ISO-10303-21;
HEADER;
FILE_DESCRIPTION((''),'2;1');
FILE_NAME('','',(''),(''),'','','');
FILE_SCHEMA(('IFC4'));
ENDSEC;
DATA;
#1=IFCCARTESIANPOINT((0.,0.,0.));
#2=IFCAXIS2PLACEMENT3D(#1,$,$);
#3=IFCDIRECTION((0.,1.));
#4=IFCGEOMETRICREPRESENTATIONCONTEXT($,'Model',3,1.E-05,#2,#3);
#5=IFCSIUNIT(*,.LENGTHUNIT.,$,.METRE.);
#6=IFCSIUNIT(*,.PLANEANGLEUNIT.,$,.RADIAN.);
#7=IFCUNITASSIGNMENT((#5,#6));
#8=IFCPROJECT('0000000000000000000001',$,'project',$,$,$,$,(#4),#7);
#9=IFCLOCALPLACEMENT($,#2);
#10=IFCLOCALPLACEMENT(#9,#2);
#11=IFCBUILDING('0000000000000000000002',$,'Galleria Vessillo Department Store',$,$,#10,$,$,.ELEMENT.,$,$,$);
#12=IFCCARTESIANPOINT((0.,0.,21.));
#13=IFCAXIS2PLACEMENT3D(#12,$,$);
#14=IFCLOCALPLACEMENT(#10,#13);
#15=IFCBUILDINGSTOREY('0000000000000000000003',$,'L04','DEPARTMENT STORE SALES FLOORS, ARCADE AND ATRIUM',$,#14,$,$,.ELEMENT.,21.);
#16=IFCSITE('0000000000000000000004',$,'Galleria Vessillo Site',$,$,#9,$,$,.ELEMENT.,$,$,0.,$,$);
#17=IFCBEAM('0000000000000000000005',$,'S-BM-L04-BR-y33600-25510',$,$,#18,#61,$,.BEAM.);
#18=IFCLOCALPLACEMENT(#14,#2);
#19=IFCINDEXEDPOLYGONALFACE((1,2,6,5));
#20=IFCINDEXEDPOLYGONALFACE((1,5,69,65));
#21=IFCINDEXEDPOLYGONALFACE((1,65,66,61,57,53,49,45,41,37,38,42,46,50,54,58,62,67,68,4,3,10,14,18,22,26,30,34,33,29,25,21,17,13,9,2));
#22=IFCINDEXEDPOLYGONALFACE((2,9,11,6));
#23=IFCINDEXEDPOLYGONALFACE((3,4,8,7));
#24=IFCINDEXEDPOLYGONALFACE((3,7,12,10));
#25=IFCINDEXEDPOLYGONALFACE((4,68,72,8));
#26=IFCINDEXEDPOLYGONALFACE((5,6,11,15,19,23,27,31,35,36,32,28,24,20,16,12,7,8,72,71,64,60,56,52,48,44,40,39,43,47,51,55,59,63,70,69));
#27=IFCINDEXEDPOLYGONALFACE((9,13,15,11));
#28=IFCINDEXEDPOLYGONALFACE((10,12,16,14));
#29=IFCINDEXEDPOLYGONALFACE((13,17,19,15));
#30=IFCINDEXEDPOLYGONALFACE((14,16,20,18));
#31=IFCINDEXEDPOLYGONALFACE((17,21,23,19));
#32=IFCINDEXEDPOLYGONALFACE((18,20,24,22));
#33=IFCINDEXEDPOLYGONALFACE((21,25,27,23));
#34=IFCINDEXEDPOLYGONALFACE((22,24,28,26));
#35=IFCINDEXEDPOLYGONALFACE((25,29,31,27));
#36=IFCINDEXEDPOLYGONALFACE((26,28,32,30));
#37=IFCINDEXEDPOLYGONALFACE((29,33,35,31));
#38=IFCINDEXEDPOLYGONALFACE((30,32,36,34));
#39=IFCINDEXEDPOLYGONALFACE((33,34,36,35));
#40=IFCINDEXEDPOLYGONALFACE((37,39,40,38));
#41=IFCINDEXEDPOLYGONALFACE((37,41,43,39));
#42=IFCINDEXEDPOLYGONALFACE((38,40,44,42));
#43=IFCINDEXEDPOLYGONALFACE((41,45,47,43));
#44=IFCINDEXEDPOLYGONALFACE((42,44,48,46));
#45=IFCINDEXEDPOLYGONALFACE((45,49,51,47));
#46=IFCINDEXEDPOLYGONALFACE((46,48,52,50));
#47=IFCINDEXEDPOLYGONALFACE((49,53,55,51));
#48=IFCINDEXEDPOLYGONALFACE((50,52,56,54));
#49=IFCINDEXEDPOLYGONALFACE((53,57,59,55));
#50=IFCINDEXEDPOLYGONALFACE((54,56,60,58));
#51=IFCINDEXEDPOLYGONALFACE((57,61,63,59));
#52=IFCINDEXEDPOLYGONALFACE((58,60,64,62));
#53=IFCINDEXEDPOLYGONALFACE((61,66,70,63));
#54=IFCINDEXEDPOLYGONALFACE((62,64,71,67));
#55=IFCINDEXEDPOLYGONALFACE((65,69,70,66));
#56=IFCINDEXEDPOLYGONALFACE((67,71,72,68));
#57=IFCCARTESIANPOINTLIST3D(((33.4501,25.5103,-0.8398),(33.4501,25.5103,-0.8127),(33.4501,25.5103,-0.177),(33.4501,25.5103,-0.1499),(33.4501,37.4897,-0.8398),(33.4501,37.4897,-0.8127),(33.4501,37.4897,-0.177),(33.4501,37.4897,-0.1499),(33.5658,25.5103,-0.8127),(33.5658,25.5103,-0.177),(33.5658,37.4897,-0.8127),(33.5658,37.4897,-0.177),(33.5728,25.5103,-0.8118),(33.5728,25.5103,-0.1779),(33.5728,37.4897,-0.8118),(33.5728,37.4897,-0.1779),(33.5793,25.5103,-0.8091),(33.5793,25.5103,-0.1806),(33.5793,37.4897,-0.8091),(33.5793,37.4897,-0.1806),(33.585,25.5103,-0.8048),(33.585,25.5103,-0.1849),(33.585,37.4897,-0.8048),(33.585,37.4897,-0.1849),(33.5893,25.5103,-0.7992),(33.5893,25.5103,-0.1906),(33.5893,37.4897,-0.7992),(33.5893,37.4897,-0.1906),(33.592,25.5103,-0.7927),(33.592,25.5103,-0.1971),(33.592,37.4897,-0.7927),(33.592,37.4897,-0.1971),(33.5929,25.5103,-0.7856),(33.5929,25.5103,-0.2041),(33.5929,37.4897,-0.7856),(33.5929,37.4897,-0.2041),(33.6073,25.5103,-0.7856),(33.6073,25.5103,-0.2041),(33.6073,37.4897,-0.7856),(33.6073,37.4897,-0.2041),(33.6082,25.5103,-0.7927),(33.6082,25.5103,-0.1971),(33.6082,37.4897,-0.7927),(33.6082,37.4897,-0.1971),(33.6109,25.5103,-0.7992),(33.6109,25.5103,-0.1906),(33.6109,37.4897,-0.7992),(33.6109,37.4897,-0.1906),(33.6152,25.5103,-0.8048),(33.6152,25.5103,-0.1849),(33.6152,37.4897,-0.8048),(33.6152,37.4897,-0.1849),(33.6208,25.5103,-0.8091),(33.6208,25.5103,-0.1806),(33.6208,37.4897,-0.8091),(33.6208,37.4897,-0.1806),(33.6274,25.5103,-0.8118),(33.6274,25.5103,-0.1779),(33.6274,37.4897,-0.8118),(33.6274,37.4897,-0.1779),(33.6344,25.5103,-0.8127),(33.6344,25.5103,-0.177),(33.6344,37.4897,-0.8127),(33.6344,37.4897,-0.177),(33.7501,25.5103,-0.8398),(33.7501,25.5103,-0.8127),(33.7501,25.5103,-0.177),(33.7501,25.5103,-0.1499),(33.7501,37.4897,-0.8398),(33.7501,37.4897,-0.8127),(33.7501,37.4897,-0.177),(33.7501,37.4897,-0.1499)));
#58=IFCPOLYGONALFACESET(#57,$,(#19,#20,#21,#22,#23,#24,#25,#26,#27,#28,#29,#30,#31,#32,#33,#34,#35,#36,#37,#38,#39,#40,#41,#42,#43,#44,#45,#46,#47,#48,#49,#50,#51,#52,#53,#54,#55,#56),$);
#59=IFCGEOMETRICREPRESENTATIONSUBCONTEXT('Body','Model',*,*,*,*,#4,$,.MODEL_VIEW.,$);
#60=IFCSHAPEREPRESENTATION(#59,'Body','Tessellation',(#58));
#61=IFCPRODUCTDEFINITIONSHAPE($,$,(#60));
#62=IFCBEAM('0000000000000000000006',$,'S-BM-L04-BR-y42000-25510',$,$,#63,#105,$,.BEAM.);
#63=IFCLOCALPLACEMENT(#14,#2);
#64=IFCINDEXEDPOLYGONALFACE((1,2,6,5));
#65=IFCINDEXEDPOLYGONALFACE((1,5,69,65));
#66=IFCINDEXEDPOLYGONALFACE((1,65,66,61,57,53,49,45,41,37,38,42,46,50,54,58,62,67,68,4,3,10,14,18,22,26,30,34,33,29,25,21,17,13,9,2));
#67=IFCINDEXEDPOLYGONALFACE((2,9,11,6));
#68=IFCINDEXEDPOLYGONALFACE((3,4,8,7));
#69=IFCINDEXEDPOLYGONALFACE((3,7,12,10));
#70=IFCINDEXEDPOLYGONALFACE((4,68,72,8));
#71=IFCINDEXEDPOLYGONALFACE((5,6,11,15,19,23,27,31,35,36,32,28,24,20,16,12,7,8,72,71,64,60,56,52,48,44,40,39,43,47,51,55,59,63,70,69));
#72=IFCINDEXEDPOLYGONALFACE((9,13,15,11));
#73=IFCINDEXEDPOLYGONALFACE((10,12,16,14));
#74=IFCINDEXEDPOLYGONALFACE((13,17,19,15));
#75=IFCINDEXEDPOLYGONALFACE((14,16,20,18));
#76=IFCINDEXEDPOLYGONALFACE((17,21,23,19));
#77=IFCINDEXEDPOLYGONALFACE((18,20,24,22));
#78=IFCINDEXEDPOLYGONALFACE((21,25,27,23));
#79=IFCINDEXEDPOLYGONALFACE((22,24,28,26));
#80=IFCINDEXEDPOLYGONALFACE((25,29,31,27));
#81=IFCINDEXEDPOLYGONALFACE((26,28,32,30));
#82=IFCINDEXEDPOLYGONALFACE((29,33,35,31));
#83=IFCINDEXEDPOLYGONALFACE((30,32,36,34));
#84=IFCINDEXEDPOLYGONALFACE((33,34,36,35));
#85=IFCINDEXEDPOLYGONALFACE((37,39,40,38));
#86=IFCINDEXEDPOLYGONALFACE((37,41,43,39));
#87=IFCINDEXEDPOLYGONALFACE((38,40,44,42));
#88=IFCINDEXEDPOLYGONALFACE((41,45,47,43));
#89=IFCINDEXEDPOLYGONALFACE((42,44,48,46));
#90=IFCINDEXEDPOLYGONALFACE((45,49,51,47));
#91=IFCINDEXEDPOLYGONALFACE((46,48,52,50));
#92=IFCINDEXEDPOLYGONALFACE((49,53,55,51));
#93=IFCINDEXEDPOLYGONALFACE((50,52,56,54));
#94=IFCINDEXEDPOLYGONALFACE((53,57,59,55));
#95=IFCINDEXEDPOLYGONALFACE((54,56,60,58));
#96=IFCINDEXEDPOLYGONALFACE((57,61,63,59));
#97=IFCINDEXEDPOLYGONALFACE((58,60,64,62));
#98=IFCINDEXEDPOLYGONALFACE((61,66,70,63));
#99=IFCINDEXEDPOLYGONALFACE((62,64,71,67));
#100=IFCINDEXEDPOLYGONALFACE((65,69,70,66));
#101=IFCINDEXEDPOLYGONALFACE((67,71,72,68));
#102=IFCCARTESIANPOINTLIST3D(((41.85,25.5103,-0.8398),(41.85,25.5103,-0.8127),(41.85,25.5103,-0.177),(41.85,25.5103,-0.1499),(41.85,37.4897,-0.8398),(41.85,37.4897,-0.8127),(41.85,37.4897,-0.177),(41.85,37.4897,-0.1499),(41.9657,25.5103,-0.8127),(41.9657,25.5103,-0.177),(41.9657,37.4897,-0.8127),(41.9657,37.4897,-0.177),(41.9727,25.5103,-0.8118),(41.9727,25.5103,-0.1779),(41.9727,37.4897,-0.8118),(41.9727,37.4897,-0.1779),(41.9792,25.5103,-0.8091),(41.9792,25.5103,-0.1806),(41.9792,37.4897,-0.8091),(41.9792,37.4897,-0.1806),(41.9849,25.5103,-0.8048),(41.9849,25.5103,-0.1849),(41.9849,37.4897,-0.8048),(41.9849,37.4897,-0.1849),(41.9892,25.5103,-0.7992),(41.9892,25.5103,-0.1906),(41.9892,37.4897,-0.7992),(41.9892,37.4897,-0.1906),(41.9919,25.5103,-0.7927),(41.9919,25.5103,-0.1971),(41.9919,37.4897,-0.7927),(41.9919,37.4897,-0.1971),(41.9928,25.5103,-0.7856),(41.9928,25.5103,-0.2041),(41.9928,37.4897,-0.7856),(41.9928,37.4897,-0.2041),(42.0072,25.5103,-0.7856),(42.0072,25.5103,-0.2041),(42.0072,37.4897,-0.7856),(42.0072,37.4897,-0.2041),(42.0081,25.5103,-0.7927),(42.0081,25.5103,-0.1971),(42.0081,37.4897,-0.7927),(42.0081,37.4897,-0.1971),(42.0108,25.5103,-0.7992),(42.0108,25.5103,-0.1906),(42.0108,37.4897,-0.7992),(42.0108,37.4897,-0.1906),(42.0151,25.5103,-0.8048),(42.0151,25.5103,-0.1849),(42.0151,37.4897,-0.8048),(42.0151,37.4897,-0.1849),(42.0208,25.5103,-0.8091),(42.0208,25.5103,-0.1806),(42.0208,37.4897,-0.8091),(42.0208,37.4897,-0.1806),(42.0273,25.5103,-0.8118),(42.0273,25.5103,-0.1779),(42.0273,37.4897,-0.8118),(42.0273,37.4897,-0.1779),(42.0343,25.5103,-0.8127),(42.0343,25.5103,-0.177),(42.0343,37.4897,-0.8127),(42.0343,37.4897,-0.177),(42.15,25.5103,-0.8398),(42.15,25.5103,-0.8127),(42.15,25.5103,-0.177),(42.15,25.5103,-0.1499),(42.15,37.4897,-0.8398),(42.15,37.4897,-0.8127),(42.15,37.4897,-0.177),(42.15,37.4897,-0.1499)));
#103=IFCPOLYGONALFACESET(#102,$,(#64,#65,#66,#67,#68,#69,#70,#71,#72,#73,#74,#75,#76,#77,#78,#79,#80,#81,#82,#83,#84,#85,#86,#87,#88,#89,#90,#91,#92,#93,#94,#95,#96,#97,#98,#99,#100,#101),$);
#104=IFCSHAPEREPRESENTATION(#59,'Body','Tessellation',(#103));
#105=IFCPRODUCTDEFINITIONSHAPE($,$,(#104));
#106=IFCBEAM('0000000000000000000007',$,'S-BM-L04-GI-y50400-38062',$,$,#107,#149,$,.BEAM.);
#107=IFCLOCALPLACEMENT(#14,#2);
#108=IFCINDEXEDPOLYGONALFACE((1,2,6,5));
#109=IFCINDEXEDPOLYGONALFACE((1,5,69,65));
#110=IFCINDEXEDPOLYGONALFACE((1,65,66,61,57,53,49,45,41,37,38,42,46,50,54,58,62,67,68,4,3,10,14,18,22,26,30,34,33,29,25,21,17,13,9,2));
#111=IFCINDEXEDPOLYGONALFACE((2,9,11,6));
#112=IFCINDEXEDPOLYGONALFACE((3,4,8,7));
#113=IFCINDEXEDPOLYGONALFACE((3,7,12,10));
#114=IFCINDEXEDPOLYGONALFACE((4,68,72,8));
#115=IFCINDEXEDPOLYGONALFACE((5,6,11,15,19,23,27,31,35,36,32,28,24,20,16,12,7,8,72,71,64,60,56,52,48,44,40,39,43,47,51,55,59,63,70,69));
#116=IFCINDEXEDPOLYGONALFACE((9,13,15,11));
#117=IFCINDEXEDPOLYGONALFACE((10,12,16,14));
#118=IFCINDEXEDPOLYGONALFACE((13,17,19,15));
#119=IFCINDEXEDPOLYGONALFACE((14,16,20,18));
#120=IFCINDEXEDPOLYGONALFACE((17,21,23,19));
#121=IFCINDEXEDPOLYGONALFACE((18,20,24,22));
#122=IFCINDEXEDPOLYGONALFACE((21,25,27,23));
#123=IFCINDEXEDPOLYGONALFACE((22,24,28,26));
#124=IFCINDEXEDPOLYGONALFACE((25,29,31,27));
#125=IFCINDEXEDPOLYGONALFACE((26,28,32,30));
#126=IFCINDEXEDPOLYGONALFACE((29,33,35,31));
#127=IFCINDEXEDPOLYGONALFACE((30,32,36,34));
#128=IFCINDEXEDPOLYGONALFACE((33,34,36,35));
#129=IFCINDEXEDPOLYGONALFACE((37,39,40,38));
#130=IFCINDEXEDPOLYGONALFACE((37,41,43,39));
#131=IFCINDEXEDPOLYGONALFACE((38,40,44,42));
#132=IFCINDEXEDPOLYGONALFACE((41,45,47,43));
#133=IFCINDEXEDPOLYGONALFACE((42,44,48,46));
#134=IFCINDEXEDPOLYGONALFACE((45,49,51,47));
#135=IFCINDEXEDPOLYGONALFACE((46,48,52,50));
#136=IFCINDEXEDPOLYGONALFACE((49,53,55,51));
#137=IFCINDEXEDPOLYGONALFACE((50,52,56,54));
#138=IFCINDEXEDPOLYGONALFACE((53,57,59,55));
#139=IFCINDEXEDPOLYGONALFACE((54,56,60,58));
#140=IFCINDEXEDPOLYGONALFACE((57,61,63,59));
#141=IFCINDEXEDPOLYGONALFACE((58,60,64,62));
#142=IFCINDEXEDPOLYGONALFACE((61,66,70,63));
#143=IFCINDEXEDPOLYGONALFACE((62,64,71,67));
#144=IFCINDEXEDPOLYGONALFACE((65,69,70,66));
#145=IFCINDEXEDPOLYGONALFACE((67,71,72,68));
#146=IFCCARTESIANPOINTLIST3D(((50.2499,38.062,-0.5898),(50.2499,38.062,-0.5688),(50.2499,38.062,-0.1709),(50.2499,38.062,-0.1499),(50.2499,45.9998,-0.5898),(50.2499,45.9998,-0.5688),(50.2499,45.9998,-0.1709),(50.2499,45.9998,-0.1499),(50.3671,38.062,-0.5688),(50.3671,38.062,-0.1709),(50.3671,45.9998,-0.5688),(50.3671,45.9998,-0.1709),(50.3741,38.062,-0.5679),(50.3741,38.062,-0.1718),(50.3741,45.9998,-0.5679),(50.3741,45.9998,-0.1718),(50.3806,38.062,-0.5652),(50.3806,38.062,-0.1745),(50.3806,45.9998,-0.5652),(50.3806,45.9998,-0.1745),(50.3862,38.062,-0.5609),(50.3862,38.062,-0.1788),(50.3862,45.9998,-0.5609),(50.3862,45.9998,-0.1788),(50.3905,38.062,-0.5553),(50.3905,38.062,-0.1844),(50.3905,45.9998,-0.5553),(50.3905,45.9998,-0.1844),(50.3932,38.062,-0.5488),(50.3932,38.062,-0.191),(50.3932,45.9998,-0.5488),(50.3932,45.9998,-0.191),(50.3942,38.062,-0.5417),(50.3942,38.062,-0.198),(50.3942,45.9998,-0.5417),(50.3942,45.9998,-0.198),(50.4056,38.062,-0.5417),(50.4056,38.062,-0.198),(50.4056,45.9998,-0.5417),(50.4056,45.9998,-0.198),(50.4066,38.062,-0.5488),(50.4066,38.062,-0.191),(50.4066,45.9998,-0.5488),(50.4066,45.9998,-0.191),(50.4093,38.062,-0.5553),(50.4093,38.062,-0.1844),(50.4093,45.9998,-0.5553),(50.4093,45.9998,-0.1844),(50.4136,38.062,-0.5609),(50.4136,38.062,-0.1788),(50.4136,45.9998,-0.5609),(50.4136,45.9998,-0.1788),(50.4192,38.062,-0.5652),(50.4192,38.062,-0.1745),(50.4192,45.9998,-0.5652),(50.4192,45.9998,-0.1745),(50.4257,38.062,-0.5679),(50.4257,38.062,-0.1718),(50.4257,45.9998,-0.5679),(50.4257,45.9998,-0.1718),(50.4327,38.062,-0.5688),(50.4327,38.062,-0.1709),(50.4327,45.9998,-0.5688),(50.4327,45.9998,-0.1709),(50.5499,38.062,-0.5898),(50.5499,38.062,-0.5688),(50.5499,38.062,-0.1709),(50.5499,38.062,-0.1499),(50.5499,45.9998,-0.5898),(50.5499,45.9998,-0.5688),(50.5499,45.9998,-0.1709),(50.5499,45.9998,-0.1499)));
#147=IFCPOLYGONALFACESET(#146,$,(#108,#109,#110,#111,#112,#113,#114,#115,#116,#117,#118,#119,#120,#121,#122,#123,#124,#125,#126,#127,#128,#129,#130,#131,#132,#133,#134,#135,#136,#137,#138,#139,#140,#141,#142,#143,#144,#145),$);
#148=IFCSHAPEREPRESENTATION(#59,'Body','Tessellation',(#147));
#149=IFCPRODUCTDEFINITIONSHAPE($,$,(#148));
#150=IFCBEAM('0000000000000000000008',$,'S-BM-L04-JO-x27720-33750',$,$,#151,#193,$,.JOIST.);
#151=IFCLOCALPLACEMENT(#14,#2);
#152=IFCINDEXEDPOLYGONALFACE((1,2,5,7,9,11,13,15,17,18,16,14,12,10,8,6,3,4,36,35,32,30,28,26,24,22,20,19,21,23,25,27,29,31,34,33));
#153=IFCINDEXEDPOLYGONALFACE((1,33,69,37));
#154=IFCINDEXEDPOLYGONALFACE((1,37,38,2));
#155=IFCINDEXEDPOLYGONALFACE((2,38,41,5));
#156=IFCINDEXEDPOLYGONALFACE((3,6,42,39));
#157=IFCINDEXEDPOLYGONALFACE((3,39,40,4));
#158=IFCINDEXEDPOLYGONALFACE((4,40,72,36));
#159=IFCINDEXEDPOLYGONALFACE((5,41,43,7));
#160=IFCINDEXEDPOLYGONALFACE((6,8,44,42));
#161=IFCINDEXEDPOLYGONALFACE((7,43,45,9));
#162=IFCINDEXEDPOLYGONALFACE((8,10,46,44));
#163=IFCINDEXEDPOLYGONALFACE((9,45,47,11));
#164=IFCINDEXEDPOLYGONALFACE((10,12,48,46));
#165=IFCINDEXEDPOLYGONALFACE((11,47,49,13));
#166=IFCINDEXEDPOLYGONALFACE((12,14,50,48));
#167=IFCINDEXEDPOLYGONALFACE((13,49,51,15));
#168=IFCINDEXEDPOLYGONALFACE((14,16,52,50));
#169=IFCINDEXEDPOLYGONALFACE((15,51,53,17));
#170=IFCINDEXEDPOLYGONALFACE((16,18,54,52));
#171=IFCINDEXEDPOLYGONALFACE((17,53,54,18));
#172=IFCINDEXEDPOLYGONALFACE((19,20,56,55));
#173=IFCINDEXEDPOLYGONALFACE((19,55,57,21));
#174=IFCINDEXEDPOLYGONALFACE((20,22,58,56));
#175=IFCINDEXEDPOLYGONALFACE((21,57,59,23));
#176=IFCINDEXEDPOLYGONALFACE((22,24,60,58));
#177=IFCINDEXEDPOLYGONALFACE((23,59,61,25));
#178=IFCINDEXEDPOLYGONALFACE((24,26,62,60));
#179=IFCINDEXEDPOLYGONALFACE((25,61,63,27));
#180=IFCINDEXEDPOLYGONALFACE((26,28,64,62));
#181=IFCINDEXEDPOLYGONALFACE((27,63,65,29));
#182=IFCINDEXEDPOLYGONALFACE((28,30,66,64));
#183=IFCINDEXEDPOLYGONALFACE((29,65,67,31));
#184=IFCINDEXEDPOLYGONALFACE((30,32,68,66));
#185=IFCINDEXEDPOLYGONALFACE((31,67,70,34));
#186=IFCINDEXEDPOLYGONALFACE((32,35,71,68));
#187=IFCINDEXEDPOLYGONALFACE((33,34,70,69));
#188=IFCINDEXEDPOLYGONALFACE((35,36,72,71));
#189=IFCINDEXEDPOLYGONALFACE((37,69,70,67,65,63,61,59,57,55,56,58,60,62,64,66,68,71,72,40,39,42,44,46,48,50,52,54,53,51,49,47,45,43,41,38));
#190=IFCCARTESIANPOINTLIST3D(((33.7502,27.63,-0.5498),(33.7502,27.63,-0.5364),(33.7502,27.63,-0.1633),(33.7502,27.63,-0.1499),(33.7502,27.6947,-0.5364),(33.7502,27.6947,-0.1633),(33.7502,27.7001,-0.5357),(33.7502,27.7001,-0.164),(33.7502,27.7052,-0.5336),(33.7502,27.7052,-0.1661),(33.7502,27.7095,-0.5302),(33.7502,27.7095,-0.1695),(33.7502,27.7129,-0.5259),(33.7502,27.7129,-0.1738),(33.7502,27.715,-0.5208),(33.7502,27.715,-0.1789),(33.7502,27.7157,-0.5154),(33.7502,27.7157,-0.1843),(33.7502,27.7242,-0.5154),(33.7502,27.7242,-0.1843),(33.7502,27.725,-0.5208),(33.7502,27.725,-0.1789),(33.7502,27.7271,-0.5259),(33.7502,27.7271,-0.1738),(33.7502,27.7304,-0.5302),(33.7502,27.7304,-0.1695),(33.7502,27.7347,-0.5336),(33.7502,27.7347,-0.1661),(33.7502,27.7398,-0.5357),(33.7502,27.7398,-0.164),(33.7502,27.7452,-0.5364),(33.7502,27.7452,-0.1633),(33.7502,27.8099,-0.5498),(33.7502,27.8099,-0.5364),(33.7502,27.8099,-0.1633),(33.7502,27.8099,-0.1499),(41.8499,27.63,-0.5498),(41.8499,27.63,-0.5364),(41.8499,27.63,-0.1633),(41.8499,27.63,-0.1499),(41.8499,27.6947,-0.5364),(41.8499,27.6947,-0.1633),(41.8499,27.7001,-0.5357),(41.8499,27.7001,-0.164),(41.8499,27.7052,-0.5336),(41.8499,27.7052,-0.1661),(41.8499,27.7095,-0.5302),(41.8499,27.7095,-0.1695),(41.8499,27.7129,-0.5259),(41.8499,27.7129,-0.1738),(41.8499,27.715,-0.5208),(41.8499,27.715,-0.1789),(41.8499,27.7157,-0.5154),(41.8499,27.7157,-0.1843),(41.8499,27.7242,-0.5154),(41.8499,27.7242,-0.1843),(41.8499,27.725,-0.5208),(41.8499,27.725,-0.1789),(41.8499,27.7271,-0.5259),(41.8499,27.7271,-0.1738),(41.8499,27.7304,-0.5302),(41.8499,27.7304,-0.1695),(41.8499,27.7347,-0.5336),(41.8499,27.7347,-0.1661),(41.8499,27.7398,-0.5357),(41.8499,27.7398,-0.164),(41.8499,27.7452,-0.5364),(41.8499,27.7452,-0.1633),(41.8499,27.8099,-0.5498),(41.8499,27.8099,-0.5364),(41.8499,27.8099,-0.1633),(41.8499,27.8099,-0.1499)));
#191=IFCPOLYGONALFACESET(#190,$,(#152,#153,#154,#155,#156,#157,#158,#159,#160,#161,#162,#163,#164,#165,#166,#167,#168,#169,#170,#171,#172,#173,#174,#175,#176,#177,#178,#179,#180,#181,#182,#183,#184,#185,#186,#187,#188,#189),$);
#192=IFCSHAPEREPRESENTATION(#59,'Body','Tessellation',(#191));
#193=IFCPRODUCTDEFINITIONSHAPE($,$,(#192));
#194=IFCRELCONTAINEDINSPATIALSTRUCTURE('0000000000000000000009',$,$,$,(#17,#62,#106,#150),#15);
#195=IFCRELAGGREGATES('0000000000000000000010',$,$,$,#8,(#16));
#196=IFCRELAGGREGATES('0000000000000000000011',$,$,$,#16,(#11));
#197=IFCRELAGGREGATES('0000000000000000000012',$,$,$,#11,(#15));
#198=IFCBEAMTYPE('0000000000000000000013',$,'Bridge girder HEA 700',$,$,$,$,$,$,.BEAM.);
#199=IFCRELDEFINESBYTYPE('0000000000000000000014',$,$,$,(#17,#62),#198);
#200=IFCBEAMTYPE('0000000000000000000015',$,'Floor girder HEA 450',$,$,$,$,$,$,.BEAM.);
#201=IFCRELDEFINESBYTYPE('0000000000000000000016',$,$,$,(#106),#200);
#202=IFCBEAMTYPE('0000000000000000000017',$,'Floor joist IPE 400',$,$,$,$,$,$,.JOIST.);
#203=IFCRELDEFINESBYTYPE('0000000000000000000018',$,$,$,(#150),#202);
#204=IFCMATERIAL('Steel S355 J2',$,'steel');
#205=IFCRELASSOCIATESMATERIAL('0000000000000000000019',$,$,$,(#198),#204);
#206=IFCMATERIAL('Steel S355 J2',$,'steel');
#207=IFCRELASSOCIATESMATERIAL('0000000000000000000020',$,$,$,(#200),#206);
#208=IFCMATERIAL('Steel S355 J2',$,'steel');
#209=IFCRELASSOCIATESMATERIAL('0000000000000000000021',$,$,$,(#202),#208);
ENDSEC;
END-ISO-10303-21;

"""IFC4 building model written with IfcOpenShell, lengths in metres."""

from ifc_helpers import new_model, si_unit, direction, frame, origin, origin_2d, place, context, subcontext, project, spatial, i_section, extrude, material, material_profile, profile_set, type_object, element, save


model = new_model("IFC4")

# Units and contexts
model_context = context("Model", 3, precision=1e-05, world=origin(), true_north=direction((0.0, 1.0)))
body_context = subcontext(model_context, "Body", "Model", "MODEL_VIEW")
ifc_project = project(units=[si_unit("LENGTHUNIT", "METRE"), si_unit("PLANEANGLEUNIT", "RADIAN")], contexts=[model_context])

# Site, building, storey
site_placement = place(None, origin())
site = spatial("IfcSite", under=ifc_project, at=site_placement, Name="Galleria Vessillo Site", CompositionType="ELEMENT", RefElevation=0.0)
building_placement = place(site_placement, origin())
building = spatial("IfcBuilding", under=site, at=building_placement, Name="Galleria Vessillo Department Store", CompositionType="ELEMENT")
storey_placement = place(building_placement, frame((0.0, 0.0, 21.0)))
storey = spatial("IfcBuildingStorey", under=building, at=storey_placement, Name="L04", Description="DEPARTMENT STORE SALES FLOORS, ARCADE AND ATRIUM", CompositionType="ELEMENT", Elevation=21.0)

# Beams
ifc_material_1 = material(Name="Steel S355 J2", Category="steel")
ifc_material_profile_1 = material_profile(ifc_material_1, i_section(OverallWidth=0.3, OverallDepth=0.6899, WebThickness=0.0144, FlangeThickness=0.0271, FilletRadius=0.0271, at=origin_2d()), Name="HEA 700")
ifc_profile_set_1 = profile_set([ifc_material_profile_1], Name="Steel S355 J2")
beam_type_1 = type_object("IfcBeamType", Name="Bridge girder HEA 700", PredefinedType="BEAM", material=ifc_profile_set_1)
for number, where, z_axis, x_axis, name in (
    (1, (33.6001, 25.5103, -0.4949), (0.0, 1.0, 0.0), (-1.0, 0.0, 0.0), "S-BM-L04-BR-y33600-25510"),
    (2, (42.0, 25.5103, -0.4949), (0.0, 1.0, 0.0), (-1.0, 0.0, 0.0), "S-BM-L04-BR-y42000-25510"),
):
    element("IfcBeam", number, at=place(storey_placement, frame(where, z_axis=z_axis, x_axis=x_axis)), inside=storey, type_object=beam_type_1, Name=name, PredefinedType="BEAM", context=body_context, shape_type="SweptSolid", body=[
        extrude(i_section(OverallWidth=0.3, OverallDepth=0.6899, WebThickness=0.0144, FlangeThickness=0.0271, FilletRadius=0.0271, at=origin_2d()), origin(), (0.0, 0.0, 1.0), 11.9795),
    ])
ifc_material_2 = material(Name="Steel S355 J2", Category="steel")
ifc_material_profile_2 = material_profile(ifc_material_2, i_section(OverallWidth=0.3, OverallDepth=0.4399, WebThickness=0.0115, FlangeThickness=0.021, FilletRadius=0.0271, at=origin_2d()), Name="HEA 450")
ifc_profile_set_2 = profile_set([ifc_material_profile_2], Name="Steel S355 J2")
beam_type_2 = type_object("IfcBeamType", Name="Floor girder HEA 450", PredefinedType="BEAM", material=ifc_profile_set_2)
beam_placement = place(storey_placement, frame((50.3999, 38.062, -0.3699), z_axis=(0.0, 1.0, 0.0), x_axis=(-1.0, 0.0, 0.0)))
element("IfcBeam", 3, at=beam_placement, inside=storey, type_object=beam_type_2, Name="S-BM-L04-GI-y50400-38062", PredefinedType="BEAM", context=body_context, shape_type="SweptSolid", body=[
    extrude(i_section(OverallWidth=0.3, OverallDepth=0.4399, WebThickness=0.0115, FlangeThickness=0.021, FilletRadius=0.0271, at=origin_2d()), origin(), (0.0, 0.0, 1.0), 7.9377),
])
ifc_material_3 = material(Name="Steel S355 J2", Category="steel")
ifc_material_profile_3 = material_profile(ifc_material_3, i_section(OverallWidth=0.1799, OverallDepth=0.3999, WebThickness=0.0085, FlangeThickness=0.0134, FilletRadius=0.021, at=origin_2d()), Name="IPE 400")
ifc_profile_set_3 = profile_set([ifc_material_profile_3], Name="Steel S355 J2")
beam_type_3 = type_object("IfcBeamType", Name="Floor joist IPE 400", PredefinedType="JOIST", material=ifc_profile_set_3)
for number, where, z_axis, x_axis, name in (
    (4, (33.7502, 27.72, -0.3499), (1.0, 0.0, 0.0), (0.0, 1.0, 0.0), "S-BM-L04-JO-x27720-33750"),
):
    element("IfcBeam", number, at=place(storey_placement, frame(where, z_axis=z_axis, x_axis=x_axis)), inside=storey, type_object=beam_type_3, Name=name, PredefinedType="JOIST", context=body_context, shape_type="SweptSolid", body=[
        extrude(i_section(OverallWidth=0.1799, OverallDepth=0.3999, WebThickness=0.0085, FlangeThickness=0.0134, FilletRadius=0.021, at=origin_2d()), origin(), (0.0, 0.0, 1.0), 8.0996),
    ])

save(model, "model.ifc")
